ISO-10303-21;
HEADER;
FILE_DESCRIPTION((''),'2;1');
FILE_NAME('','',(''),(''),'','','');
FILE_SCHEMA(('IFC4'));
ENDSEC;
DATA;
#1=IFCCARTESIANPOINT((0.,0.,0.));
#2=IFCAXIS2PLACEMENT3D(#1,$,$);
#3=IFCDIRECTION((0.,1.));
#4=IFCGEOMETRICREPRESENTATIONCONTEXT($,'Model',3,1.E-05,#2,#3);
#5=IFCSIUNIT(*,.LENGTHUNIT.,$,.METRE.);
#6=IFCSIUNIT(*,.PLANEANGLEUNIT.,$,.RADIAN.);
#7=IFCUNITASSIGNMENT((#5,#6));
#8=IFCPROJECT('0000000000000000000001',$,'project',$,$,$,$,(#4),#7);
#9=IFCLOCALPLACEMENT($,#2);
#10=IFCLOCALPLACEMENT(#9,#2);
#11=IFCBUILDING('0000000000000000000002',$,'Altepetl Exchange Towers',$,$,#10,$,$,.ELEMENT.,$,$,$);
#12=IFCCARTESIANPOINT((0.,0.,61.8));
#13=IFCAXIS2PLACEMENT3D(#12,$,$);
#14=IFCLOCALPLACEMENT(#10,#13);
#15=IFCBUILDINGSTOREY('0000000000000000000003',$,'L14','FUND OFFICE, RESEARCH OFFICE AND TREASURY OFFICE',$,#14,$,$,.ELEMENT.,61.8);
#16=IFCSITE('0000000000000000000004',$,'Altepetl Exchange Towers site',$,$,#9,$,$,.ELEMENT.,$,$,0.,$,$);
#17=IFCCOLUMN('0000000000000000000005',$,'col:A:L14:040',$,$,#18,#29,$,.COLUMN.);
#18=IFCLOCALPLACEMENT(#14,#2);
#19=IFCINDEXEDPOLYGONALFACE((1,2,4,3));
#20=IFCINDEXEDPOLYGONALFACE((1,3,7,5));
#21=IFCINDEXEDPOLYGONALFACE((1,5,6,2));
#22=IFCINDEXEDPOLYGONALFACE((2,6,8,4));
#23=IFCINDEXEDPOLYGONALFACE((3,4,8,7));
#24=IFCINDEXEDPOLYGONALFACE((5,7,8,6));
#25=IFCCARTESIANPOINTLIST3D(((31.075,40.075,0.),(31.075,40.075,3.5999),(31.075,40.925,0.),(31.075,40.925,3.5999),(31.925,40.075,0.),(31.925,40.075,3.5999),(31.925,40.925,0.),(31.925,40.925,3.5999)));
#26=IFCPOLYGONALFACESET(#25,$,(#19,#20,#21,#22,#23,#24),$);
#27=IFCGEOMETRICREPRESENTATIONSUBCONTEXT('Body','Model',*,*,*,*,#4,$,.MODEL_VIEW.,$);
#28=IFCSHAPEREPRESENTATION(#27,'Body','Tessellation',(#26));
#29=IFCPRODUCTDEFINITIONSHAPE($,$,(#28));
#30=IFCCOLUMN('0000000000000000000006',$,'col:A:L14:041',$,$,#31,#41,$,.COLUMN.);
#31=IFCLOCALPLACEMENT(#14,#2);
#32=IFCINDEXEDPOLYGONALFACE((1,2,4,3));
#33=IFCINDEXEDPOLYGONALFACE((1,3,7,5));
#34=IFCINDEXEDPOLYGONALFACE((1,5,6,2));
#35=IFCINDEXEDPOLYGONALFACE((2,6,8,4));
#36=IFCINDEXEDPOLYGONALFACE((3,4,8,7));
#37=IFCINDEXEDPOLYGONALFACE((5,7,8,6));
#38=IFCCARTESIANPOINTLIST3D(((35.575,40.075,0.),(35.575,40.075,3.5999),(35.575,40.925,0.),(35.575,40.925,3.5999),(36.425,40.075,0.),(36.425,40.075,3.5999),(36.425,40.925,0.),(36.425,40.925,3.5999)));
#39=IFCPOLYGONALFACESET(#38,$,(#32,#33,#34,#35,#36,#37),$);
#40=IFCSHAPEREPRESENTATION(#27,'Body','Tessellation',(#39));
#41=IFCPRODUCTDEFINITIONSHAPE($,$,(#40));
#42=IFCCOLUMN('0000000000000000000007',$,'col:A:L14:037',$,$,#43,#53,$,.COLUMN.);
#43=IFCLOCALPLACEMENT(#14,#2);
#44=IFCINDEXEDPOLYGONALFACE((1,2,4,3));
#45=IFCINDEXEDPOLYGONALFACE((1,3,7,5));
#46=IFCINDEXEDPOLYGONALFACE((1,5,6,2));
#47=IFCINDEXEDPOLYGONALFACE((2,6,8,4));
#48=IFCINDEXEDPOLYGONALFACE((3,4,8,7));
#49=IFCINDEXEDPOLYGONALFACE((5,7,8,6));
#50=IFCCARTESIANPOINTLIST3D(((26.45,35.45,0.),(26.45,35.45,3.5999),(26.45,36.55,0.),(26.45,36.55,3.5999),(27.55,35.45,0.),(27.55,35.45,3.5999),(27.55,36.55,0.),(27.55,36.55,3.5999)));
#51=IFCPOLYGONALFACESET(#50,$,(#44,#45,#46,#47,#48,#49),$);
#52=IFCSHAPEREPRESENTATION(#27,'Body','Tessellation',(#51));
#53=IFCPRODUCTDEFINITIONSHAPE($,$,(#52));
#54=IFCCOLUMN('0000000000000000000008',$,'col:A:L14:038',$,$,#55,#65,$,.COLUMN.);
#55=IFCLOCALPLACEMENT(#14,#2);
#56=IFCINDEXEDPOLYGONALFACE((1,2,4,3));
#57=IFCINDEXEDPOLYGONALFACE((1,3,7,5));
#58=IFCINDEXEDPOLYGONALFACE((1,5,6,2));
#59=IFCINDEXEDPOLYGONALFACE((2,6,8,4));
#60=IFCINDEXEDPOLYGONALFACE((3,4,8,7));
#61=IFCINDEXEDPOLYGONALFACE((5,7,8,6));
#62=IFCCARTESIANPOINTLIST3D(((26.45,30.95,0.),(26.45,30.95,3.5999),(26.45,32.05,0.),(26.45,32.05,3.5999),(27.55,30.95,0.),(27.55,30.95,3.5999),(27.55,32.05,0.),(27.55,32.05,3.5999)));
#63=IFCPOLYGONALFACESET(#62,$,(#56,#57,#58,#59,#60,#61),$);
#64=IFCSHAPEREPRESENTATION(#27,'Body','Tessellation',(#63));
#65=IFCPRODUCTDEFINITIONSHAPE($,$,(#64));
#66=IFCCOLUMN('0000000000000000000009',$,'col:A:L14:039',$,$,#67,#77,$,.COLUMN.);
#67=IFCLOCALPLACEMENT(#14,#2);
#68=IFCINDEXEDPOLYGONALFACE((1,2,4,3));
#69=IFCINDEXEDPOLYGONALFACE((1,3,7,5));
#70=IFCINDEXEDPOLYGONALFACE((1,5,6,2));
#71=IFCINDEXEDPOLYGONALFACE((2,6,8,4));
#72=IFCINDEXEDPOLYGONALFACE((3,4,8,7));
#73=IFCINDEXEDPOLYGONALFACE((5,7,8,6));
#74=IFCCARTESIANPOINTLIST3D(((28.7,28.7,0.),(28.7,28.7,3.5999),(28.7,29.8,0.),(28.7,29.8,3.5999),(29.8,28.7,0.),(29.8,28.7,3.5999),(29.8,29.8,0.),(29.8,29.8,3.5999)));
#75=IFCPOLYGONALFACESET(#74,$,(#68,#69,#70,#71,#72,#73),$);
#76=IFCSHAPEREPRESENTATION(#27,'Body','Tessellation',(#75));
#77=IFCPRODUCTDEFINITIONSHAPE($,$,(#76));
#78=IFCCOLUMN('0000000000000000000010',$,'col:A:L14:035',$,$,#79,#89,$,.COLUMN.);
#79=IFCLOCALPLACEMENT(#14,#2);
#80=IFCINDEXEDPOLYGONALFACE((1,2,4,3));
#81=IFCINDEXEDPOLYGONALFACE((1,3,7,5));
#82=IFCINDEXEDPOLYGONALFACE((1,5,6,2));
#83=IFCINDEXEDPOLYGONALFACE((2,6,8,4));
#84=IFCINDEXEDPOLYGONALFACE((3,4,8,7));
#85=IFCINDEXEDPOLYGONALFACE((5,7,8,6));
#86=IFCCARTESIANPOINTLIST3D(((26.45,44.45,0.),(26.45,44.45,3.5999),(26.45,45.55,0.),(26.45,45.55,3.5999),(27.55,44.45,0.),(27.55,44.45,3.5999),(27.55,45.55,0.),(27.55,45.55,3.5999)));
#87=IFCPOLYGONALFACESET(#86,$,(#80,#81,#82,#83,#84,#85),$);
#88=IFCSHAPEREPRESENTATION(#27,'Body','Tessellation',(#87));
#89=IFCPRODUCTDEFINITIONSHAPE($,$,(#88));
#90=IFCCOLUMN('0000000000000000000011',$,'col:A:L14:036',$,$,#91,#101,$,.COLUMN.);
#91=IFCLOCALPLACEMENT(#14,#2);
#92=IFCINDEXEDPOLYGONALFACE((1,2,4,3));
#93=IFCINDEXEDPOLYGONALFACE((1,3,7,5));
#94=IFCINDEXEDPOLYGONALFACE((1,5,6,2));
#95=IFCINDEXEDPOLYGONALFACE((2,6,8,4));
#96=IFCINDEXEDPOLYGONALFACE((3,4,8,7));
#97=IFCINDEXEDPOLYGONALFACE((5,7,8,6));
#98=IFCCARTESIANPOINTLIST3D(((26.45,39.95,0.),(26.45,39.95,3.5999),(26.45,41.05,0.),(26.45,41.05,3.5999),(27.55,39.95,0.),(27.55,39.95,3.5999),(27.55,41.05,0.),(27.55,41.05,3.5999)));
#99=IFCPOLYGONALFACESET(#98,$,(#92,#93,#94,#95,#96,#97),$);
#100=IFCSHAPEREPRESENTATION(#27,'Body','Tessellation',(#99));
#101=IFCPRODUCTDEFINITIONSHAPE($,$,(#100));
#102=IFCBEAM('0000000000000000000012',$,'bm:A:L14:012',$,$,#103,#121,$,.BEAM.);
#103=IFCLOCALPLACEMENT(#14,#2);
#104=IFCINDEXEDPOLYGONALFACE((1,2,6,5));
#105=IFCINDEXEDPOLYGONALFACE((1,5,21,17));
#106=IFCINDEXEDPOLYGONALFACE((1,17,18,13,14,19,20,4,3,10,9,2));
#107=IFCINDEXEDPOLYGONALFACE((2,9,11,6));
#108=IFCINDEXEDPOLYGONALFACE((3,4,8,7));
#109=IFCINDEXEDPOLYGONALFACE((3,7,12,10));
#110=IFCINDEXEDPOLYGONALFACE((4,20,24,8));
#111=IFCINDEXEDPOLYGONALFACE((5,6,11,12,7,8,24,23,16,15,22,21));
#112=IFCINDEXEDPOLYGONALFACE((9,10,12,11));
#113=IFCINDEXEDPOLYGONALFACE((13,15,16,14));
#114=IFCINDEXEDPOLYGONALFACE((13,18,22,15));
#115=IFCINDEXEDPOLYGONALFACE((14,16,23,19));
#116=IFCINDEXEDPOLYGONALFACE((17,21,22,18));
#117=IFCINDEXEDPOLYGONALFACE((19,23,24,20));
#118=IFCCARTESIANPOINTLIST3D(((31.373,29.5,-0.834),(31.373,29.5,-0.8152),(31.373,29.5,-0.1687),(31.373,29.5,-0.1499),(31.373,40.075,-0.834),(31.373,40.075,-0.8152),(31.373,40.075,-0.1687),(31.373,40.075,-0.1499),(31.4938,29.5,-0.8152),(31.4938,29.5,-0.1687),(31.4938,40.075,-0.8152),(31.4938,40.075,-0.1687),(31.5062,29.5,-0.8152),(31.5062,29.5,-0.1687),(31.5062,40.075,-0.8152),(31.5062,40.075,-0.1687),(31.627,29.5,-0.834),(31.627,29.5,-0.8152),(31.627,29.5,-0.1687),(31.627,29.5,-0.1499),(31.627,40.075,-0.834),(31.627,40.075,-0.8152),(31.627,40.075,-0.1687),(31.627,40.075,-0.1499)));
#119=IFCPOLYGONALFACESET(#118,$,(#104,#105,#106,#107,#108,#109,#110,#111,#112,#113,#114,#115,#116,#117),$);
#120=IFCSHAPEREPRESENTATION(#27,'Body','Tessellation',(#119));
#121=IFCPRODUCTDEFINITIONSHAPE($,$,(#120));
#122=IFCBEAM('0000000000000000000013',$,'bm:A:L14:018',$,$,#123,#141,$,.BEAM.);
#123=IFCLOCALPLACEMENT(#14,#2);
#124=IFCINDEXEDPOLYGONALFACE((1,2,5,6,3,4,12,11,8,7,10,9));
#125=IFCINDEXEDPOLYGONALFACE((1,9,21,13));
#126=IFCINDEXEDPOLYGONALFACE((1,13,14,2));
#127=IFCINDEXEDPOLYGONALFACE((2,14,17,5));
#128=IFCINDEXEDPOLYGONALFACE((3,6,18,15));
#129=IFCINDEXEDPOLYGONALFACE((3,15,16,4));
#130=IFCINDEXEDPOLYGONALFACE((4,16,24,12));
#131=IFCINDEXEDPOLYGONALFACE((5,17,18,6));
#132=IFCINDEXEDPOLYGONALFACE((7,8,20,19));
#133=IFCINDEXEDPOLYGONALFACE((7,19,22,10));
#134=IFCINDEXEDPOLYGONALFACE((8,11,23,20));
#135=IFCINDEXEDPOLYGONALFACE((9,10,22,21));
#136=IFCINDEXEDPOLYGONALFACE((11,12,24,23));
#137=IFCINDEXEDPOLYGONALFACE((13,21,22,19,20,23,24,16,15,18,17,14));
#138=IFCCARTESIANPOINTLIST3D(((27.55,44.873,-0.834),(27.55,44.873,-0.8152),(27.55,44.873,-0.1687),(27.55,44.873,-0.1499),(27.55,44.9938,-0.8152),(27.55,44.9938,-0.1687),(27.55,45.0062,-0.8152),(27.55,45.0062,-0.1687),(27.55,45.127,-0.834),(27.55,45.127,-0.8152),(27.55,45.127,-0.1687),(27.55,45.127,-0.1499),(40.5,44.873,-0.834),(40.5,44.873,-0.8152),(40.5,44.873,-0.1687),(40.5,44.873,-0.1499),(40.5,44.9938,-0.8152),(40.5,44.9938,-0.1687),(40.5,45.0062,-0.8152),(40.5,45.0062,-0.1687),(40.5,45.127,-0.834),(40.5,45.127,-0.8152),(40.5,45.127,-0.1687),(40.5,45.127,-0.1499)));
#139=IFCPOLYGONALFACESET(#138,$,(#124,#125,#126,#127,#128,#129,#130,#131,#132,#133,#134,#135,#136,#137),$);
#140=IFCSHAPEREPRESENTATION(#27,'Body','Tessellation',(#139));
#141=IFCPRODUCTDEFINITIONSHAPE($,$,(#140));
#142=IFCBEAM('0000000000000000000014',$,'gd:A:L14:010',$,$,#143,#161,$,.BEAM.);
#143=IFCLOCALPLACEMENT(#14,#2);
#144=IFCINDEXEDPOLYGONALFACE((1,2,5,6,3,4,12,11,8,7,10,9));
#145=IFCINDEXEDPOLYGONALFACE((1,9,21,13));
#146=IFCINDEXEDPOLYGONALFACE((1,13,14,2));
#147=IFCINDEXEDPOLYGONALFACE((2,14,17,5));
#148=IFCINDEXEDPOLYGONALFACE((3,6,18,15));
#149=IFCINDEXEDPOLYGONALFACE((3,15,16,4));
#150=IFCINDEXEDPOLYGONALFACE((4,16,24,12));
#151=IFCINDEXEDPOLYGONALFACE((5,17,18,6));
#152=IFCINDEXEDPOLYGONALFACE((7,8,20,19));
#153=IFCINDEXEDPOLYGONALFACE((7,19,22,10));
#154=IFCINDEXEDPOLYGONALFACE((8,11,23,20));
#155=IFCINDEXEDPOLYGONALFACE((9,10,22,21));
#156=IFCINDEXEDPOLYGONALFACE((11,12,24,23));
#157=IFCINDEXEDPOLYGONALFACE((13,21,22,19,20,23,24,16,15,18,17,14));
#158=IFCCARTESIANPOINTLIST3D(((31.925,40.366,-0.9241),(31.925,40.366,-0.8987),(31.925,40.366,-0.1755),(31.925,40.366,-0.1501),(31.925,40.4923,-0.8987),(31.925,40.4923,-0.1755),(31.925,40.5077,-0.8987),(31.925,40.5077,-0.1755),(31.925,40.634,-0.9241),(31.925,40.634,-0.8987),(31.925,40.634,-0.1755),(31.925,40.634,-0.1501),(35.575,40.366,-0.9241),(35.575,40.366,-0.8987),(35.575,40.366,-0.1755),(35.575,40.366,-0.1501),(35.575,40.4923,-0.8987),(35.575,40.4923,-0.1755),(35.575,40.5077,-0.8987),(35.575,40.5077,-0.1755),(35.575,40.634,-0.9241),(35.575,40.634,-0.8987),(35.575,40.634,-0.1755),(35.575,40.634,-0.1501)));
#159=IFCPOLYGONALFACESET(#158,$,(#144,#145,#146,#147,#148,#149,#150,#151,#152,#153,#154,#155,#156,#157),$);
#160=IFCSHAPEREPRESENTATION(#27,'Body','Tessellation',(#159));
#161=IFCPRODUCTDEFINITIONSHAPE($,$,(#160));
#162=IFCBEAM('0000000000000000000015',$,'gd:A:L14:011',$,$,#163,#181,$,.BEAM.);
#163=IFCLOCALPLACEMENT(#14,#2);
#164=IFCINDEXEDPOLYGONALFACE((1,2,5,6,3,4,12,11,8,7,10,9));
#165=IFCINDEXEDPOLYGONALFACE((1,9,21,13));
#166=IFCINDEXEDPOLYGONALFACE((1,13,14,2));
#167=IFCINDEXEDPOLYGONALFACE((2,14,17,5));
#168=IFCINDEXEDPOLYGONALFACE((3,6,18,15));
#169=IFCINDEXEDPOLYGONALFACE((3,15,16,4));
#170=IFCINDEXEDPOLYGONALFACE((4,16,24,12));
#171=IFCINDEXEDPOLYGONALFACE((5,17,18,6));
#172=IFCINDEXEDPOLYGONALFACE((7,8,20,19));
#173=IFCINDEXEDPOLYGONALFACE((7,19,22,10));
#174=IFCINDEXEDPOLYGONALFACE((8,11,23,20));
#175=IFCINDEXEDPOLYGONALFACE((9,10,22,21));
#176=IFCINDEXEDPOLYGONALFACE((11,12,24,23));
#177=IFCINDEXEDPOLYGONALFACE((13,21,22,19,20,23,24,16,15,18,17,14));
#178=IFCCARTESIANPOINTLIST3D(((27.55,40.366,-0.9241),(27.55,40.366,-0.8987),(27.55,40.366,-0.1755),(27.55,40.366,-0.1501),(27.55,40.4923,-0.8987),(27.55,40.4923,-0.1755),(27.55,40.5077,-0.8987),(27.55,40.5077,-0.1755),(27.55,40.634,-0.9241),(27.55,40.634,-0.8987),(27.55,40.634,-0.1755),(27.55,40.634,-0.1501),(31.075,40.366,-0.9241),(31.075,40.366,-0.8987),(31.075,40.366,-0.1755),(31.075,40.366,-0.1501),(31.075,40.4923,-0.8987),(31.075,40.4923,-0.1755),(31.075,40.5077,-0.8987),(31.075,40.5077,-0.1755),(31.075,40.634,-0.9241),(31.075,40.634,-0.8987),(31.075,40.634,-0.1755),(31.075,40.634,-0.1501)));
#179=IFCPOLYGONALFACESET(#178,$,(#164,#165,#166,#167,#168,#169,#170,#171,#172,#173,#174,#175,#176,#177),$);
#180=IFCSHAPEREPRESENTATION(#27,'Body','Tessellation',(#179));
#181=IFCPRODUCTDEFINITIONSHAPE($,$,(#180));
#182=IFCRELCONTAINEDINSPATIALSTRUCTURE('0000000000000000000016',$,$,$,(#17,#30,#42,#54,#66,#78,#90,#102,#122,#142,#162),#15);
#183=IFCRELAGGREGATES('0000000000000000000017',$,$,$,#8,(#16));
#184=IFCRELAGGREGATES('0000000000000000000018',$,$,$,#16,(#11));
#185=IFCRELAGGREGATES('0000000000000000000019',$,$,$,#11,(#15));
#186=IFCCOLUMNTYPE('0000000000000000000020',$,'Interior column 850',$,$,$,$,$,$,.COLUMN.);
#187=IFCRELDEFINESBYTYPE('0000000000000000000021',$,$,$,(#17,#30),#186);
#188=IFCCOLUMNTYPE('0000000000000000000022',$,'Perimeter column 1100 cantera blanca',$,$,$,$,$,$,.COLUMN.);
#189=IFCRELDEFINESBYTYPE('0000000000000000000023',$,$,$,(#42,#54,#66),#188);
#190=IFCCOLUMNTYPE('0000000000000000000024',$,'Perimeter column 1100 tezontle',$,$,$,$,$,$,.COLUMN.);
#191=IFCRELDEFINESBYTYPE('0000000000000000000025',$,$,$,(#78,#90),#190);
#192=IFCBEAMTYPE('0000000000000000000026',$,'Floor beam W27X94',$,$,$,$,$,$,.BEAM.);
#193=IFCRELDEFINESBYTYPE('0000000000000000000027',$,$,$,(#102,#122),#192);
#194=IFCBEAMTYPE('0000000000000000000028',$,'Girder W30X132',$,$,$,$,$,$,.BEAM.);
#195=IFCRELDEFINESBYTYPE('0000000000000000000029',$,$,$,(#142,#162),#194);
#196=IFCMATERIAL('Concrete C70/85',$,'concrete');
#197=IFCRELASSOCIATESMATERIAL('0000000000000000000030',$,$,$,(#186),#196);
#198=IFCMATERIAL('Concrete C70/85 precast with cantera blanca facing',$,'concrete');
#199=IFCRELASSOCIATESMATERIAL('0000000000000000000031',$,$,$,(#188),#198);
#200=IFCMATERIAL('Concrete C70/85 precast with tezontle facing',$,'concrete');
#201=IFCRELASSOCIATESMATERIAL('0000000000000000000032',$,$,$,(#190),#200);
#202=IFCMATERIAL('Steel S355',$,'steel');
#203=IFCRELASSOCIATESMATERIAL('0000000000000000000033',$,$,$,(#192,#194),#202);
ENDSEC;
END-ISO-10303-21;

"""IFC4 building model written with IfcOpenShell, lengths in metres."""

from ifc_helpers import new_model, si_unit, direction, frame, origin, origin_2d, place, context, subcontext, project, spatial, rectangle, i_section, extrude, material, material_profile, profile_set, type_object, element, save


model = new_model("IFC4")

# Units and contexts
model_context = context("Model", 3, precision=1e-05, world=origin(), true_north=direction((0.0, 1.0)))
body_context = subcontext(model_context, "Body", "Model", "MODEL_VIEW")
ifc_project = project(units=[si_unit("LENGTHUNIT", "METRE"), si_unit("PLANEANGLEUNIT", "RADIAN")], contexts=[model_context])

# Site, building, storey
site_placement = place(None, origin())
site = spatial("IfcSite", under=ifc_project, at=site_placement, Name="Altepetl Exchange Towers site", CompositionType="ELEMENT", RefElevation=0.0)
building_placement = place(site_placement, origin())
building = spatial("IfcBuilding", under=site, at=building_placement, Name="Altepetl Exchange Towers", CompositionType="ELEMENT")
storey_placement = place(building_placement, frame((0.0, 0.0, 61.8)))
storey = spatial("IfcBuildingStorey", under=building, at=storey_placement, Name="L14", Description="FUND OFFICE, RESEARCH OFFICE AND TREASURY OFFICE", CompositionType="ELEMENT", Elevation=61.8)

# Columns
ifc_material_1 = material(Name="Concrete C70/85", Category="concrete")
ifc_material_profile_1 = material_profile(ifc_material_1, rectangle(XDim=0.8501, YDim=0.8501, at=origin_2d()), Name="850 x 850")
ifc_profile_set_1 = profile_set([ifc_material_profile_1], Name="Concrete C70/85")
column_type_1 = type_object("IfcColumnType", Name="Interior column 850", PredefinedType="COLUMN", material=ifc_profile_set_1)
for number, where, name in (
    (1, (31.5, 40.5, 0.0), "col:A:L14:040"),
    (2, (36.0, 40.5, 0.0), "col:A:L14:041"),
):
    element("IfcColumn", number, at=place(storey_placement, frame(where)), inside=storey, type_object=column_type_1, Name=name, PredefinedType="COLUMN", context=body_context, shape_type="SweptSolid", body=[
        extrude(rectangle(XDim=0.8501, YDim=0.8501, at=origin_2d()), origin(), (0.0, 0.0, 1.0), 3.5999),
    ])
ifc_material_2 = material(Name="Concrete C70/85 precast with cantera blanca facing", Category="concrete")
ifc_material_profile_2 = material_profile(ifc_material_2, rectangle(XDim=1.1001, YDim=1.1001, at=origin_2d()), Name="1100 x 1100")
ifc_profile_set_2 = profile_set([ifc_material_profile_2], Name="Concrete C70/85 precast with cantera blanca facing")
column_type_2 = type_object("IfcColumnType", Name="Perimeter column 1100 cantera blanca", PredefinedType="COLUMN", material=ifc_profile_set_2)
for number, where, name in (
    (3, (27.0, 36.0, 0.0), "col:A:L14:037"),
    (4, (27.0, 31.5, 0.0), "col:A:L14:038"),
    (5, (29.25, 29.25, 0.0), "col:A:L14:039"),
):
    element("IfcColumn", number, at=place(storey_placement, frame(where)), inside=storey, type_object=column_type_2, Name=name, PredefinedType="COLUMN", context=body_context, shape_type="SweptSolid", body=[
        extrude(rectangle(XDim=1.1001, YDim=1.1001, at=origin_2d()), origin(), (0.0, 0.0, 1.0), 3.5999),
    ])
ifc_material_3 = material(Name="Concrete C70/85 precast with tezontle facing", Category="concrete")
ifc_material_profile_3 = material_profile(ifc_material_3, rectangle(XDim=1.1001, YDim=1.1001, at=origin_2d()), Name="1100 x 1100")
ifc_profile_set_3 = profile_set([ifc_material_profile_3], Name="Concrete C70/85 precast with tezontle facing")
column_type_3 = type_object("IfcColumnType", Name="Perimeter column 1100 tezontle", PredefinedType="COLUMN", material=ifc_profile_set_3)
for number, where, name in (
    (6, (27.0, 45.0, 0.0), "col:A:L14:035"),
    (7, (27.0, 40.5, 0.0), "col:A:L14:036"),
):
    element("IfcColumn", number, at=place(storey_placement, frame(where)), inside=storey, type_object=column_type_3, Name=name, PredefinedType="COLUMN", context=body_context, shape_type="SweptSolid", body=[
        extrude(rectangle(XDim=1.1001, YDim=1.1001, at=origin_2d()), origin(), (0.0, 0.0, 1.0), 3.5999),
    ])

# Beams
ifc_material_4 = material(Name="Steel S355", Category="steel")
ifc_material_profile_4 = material_profile(ifc_material_4, i_section(OverallWidth=0.2539, OverallDepth=0.6841, WebThickness=0.0125, FlangeThickness=0.0188, at=origin_2d()), Name="W27X94")
ifc_profile_set_4 = profile_set([ifc_material_profile_4], Name="Steel S355")
beam_type_1 = type_object("IfcBeamType", Name="Floor beam W27X94", PredefinedType="BEAM", material=ifc_profile_set_4)
beam_1_placement = place(storey_placement, frame((31.5, 29.5, -0.4919), z_axis=(0.0, 1.0, 0.0), x_axis=(-1.0, 0.0, 0.0)))
element("IfcBeam", 8, at=beam_1_placement, inside=storey, type_object=beam_type_1, Name="bm:A:L14:012", PredefinedType="BEAM", context=body_context, shape_type="SweptSolid", body=[
    extrude(i_section(OverallWidth=0.2539, OverallDepth=0.6841, WebThickness=0.0125, FlangeThickness=0.0188, at=origin_2d()), origin(), (0.0, 0.0, 1.0), 10.575),
])
beam_2_placement = place(storey_placement, frame((27.55, 45.0, -0.4919), z_axis=(1.0, 0.0, 0.0), x_axis=(0.0, 1.0, 0.0)))
element("IfcBeam", 9, at=beam_2_placement, inside=storey, type_object=beam_type_1, Name="bm:A:L14:018", PredefinedType="BEAM", context=body_context, shape_type="SweptSolid", body=[
    extrude(i_section(OverallWidth=0.2539, OverallDepth=0.6841, WebThickness=0.0125, FlangeThickness=0.0188, at=origin_2d()), origin(), (0.0, 0.0, 1.0), 12.95),
])
ifc_material_profile_5 = material_profile(ifc_material_4, i_section(OverallWidth=0.2681, OverallDepth=0.7739, WebThickness=0.0154, FlangeThickness=0.0254, at=origin_2d()), Name="W30X132")
ifc_profile_set_5 = profile_set([ifc_material_profile_5], Name="Steel S355")
beam_type_2 = type_object("IfcBeamType", Name="Girder W30X132", PredefinedType="BEAM", material=ifc_profile_set_5)
beam_3_placement = place(storey_placement, frame((35.575, 40.5, -0.5371), z_axis=(-1.0, 0.0, 0.0), x_axis=(0.0, -1.0, 0.0)))
element("IfcBeam", 10, at=beam_3_placement, inside=storey, type_object=beam_type_2, Name="gd:A:L14:010", PredefinedType="BEAM", context=body_context, shape_type="SweptSolid", body=[
    extrude(i_section(OverallWidth=0.2681, OverallDepth=0.7739, WebThickness=0.0154, FlangeThickness=0.0254, at=origin_2d()), origin(), (0.0, 0.0, 1.0), 3.6499),
])
beam_4_placement = place(storey_placement, frame((31.075, 40.5, -0.5371), z_axis=(-1.0, 0.0, 0.0), x_axis=(0.0, -1.0, 0.0)))
element("IfcBeam", 11, at=beam_4_placement, inside=storey, type_object=beam_type_2, Name="gd:A:L14:011", PredefinedType="BEAM", context=body_context, shape_type="SweptSolid", body=[
    extrude(i_section(OverallWidth=0.2681, OverallDepth=0.7739, WebThickness=0.0154, FlangeThickness=0.0254, at=origin_2d()), origin(), (0.0, 0.0, 1.0), 3.5249),
])

save(model, "model.ifc")
